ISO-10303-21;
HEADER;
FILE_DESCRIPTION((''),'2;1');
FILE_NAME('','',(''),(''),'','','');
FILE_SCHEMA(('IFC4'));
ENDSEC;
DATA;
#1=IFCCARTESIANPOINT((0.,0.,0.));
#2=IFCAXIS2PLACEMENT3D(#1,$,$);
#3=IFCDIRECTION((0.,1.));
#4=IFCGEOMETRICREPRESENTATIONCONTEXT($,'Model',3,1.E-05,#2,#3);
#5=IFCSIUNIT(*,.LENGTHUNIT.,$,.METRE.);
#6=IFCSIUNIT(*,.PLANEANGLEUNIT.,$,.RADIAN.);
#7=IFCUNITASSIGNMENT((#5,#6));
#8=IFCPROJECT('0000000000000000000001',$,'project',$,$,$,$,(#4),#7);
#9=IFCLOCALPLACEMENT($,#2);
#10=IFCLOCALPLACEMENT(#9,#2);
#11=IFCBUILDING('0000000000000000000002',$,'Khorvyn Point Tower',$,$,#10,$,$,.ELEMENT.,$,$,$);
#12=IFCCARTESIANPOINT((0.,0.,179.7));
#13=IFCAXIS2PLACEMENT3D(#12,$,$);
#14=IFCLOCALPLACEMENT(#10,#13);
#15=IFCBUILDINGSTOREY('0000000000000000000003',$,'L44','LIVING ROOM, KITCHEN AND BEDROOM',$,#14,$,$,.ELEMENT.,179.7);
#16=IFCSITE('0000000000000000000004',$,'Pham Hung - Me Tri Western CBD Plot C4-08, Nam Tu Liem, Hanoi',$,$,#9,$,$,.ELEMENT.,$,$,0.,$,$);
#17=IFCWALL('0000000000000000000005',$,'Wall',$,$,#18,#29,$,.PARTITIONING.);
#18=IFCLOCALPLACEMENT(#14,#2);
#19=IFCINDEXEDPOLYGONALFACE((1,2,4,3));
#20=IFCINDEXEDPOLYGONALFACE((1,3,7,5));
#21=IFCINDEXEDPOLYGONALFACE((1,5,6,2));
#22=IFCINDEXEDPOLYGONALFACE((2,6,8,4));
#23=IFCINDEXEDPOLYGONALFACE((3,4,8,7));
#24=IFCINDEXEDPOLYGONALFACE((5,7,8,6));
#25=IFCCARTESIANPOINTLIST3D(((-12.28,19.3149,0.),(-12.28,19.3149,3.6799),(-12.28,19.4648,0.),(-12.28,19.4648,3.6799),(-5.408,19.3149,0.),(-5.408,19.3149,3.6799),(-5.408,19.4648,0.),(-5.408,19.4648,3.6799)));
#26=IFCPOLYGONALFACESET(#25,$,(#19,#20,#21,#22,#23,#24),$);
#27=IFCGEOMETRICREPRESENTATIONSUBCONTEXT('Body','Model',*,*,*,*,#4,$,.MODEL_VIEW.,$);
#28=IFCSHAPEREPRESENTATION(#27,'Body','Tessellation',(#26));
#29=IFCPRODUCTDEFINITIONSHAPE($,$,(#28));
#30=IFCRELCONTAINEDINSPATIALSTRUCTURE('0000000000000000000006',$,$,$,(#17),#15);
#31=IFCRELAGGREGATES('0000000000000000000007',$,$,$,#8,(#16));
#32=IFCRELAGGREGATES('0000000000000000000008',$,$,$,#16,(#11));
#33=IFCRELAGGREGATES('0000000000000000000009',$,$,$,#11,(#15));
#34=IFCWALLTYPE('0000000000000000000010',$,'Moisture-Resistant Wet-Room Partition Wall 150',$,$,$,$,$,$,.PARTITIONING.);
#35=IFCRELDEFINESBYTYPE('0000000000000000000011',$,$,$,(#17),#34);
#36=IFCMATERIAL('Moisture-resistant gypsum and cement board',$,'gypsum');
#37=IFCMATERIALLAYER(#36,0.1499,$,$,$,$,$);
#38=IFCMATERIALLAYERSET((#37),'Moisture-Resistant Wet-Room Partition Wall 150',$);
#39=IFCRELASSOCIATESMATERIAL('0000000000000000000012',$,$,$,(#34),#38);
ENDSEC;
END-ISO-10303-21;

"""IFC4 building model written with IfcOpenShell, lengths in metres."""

from ifc_helpers import new_model, si_unit, direction, frame, frame_2d, origin, place, context, subcontext, project, spatial, rectangle, extrude, material, layer, layer_set, type_object, element, save


model = new_model("IFC4")

# Units and contexts
model_context = context("Model", 3, precision=1e-05, world=origin(), true_north=direction((0.0, 1.0)))
body_context = subcontext(model_context, "Body", "Model", "MODEL_VIEW")
ifc_project = project(units=[si_unit("LENGTHUNIT", "METRE"), si_unit("PLANEANGLEUNIT", "RADIAN")], contexts=[model_context])

# Site, building, storey
site_placement = place(None, origin())
site = spatial("IfcSite", under=ifc_project, at=site_placement, Name="Pham Hung - Me Tri Western CBD Plot C4-08, Nam Tu Liem, Hanoi", CompositionType="ELEMENT", RefElevation=0.0)
building_placement = place(site_placement, origin())
building = spatial("IfcBuilding", under=site, at=building_placement, Name="Khorvyn Point Tower", CompositionType="ELEMENT")
storey_placement = place(building_placement, frame((0.0, 0.0, 179.7)))
storey = spatial("IfcBuildingStorey", under=building, at=storey_placement, Name="L44", Description="LIVING ROOM, KITCHEN AND BEDROOM", CompositionType="ELEMENT", Elevation=179.7)

# Shared definitions
ifc_material_1 = material(Name="Moisture-resistant gypsum and cement board", Category="gypsum")
ifc_layer_1 = layer(ifc_material_1, 0.1499)
ifc_layer_set_1 = layer_set([ifc_layer_1], Name="Moisture-Resistant Wet-Room Partition Wall 150")
wall_type_1 = type_object("IfcWallType", Name="Moisture-Resistant Wet-Room Partition Wall 150", PredefinedType="PARTITIONING", material=ifc_layer_set_1)

# Wall
wall_1_placement = place(storey_placement, frame((-12.28, 19.3899, 0.0), z_axis=(0.0, 0.0, 1.0), x_axis=(1.0, 0.0, 0.0)))
element("IfcWall", 1, at=wall_1_placement, inside=storey, type_object=wall_type_1, Name="Wall", PredefinedType="PARTITIONING", context=body_context, shape_type="SweptSolid", body=[
    extrude(rectangle(XDim=6.8721, YDim=0.1499, at=frame_2d((3.436, 0.0))), origin(), (0.0, 0.0, 1.0), 3.6799),
])

save(model, "model.ifc")
